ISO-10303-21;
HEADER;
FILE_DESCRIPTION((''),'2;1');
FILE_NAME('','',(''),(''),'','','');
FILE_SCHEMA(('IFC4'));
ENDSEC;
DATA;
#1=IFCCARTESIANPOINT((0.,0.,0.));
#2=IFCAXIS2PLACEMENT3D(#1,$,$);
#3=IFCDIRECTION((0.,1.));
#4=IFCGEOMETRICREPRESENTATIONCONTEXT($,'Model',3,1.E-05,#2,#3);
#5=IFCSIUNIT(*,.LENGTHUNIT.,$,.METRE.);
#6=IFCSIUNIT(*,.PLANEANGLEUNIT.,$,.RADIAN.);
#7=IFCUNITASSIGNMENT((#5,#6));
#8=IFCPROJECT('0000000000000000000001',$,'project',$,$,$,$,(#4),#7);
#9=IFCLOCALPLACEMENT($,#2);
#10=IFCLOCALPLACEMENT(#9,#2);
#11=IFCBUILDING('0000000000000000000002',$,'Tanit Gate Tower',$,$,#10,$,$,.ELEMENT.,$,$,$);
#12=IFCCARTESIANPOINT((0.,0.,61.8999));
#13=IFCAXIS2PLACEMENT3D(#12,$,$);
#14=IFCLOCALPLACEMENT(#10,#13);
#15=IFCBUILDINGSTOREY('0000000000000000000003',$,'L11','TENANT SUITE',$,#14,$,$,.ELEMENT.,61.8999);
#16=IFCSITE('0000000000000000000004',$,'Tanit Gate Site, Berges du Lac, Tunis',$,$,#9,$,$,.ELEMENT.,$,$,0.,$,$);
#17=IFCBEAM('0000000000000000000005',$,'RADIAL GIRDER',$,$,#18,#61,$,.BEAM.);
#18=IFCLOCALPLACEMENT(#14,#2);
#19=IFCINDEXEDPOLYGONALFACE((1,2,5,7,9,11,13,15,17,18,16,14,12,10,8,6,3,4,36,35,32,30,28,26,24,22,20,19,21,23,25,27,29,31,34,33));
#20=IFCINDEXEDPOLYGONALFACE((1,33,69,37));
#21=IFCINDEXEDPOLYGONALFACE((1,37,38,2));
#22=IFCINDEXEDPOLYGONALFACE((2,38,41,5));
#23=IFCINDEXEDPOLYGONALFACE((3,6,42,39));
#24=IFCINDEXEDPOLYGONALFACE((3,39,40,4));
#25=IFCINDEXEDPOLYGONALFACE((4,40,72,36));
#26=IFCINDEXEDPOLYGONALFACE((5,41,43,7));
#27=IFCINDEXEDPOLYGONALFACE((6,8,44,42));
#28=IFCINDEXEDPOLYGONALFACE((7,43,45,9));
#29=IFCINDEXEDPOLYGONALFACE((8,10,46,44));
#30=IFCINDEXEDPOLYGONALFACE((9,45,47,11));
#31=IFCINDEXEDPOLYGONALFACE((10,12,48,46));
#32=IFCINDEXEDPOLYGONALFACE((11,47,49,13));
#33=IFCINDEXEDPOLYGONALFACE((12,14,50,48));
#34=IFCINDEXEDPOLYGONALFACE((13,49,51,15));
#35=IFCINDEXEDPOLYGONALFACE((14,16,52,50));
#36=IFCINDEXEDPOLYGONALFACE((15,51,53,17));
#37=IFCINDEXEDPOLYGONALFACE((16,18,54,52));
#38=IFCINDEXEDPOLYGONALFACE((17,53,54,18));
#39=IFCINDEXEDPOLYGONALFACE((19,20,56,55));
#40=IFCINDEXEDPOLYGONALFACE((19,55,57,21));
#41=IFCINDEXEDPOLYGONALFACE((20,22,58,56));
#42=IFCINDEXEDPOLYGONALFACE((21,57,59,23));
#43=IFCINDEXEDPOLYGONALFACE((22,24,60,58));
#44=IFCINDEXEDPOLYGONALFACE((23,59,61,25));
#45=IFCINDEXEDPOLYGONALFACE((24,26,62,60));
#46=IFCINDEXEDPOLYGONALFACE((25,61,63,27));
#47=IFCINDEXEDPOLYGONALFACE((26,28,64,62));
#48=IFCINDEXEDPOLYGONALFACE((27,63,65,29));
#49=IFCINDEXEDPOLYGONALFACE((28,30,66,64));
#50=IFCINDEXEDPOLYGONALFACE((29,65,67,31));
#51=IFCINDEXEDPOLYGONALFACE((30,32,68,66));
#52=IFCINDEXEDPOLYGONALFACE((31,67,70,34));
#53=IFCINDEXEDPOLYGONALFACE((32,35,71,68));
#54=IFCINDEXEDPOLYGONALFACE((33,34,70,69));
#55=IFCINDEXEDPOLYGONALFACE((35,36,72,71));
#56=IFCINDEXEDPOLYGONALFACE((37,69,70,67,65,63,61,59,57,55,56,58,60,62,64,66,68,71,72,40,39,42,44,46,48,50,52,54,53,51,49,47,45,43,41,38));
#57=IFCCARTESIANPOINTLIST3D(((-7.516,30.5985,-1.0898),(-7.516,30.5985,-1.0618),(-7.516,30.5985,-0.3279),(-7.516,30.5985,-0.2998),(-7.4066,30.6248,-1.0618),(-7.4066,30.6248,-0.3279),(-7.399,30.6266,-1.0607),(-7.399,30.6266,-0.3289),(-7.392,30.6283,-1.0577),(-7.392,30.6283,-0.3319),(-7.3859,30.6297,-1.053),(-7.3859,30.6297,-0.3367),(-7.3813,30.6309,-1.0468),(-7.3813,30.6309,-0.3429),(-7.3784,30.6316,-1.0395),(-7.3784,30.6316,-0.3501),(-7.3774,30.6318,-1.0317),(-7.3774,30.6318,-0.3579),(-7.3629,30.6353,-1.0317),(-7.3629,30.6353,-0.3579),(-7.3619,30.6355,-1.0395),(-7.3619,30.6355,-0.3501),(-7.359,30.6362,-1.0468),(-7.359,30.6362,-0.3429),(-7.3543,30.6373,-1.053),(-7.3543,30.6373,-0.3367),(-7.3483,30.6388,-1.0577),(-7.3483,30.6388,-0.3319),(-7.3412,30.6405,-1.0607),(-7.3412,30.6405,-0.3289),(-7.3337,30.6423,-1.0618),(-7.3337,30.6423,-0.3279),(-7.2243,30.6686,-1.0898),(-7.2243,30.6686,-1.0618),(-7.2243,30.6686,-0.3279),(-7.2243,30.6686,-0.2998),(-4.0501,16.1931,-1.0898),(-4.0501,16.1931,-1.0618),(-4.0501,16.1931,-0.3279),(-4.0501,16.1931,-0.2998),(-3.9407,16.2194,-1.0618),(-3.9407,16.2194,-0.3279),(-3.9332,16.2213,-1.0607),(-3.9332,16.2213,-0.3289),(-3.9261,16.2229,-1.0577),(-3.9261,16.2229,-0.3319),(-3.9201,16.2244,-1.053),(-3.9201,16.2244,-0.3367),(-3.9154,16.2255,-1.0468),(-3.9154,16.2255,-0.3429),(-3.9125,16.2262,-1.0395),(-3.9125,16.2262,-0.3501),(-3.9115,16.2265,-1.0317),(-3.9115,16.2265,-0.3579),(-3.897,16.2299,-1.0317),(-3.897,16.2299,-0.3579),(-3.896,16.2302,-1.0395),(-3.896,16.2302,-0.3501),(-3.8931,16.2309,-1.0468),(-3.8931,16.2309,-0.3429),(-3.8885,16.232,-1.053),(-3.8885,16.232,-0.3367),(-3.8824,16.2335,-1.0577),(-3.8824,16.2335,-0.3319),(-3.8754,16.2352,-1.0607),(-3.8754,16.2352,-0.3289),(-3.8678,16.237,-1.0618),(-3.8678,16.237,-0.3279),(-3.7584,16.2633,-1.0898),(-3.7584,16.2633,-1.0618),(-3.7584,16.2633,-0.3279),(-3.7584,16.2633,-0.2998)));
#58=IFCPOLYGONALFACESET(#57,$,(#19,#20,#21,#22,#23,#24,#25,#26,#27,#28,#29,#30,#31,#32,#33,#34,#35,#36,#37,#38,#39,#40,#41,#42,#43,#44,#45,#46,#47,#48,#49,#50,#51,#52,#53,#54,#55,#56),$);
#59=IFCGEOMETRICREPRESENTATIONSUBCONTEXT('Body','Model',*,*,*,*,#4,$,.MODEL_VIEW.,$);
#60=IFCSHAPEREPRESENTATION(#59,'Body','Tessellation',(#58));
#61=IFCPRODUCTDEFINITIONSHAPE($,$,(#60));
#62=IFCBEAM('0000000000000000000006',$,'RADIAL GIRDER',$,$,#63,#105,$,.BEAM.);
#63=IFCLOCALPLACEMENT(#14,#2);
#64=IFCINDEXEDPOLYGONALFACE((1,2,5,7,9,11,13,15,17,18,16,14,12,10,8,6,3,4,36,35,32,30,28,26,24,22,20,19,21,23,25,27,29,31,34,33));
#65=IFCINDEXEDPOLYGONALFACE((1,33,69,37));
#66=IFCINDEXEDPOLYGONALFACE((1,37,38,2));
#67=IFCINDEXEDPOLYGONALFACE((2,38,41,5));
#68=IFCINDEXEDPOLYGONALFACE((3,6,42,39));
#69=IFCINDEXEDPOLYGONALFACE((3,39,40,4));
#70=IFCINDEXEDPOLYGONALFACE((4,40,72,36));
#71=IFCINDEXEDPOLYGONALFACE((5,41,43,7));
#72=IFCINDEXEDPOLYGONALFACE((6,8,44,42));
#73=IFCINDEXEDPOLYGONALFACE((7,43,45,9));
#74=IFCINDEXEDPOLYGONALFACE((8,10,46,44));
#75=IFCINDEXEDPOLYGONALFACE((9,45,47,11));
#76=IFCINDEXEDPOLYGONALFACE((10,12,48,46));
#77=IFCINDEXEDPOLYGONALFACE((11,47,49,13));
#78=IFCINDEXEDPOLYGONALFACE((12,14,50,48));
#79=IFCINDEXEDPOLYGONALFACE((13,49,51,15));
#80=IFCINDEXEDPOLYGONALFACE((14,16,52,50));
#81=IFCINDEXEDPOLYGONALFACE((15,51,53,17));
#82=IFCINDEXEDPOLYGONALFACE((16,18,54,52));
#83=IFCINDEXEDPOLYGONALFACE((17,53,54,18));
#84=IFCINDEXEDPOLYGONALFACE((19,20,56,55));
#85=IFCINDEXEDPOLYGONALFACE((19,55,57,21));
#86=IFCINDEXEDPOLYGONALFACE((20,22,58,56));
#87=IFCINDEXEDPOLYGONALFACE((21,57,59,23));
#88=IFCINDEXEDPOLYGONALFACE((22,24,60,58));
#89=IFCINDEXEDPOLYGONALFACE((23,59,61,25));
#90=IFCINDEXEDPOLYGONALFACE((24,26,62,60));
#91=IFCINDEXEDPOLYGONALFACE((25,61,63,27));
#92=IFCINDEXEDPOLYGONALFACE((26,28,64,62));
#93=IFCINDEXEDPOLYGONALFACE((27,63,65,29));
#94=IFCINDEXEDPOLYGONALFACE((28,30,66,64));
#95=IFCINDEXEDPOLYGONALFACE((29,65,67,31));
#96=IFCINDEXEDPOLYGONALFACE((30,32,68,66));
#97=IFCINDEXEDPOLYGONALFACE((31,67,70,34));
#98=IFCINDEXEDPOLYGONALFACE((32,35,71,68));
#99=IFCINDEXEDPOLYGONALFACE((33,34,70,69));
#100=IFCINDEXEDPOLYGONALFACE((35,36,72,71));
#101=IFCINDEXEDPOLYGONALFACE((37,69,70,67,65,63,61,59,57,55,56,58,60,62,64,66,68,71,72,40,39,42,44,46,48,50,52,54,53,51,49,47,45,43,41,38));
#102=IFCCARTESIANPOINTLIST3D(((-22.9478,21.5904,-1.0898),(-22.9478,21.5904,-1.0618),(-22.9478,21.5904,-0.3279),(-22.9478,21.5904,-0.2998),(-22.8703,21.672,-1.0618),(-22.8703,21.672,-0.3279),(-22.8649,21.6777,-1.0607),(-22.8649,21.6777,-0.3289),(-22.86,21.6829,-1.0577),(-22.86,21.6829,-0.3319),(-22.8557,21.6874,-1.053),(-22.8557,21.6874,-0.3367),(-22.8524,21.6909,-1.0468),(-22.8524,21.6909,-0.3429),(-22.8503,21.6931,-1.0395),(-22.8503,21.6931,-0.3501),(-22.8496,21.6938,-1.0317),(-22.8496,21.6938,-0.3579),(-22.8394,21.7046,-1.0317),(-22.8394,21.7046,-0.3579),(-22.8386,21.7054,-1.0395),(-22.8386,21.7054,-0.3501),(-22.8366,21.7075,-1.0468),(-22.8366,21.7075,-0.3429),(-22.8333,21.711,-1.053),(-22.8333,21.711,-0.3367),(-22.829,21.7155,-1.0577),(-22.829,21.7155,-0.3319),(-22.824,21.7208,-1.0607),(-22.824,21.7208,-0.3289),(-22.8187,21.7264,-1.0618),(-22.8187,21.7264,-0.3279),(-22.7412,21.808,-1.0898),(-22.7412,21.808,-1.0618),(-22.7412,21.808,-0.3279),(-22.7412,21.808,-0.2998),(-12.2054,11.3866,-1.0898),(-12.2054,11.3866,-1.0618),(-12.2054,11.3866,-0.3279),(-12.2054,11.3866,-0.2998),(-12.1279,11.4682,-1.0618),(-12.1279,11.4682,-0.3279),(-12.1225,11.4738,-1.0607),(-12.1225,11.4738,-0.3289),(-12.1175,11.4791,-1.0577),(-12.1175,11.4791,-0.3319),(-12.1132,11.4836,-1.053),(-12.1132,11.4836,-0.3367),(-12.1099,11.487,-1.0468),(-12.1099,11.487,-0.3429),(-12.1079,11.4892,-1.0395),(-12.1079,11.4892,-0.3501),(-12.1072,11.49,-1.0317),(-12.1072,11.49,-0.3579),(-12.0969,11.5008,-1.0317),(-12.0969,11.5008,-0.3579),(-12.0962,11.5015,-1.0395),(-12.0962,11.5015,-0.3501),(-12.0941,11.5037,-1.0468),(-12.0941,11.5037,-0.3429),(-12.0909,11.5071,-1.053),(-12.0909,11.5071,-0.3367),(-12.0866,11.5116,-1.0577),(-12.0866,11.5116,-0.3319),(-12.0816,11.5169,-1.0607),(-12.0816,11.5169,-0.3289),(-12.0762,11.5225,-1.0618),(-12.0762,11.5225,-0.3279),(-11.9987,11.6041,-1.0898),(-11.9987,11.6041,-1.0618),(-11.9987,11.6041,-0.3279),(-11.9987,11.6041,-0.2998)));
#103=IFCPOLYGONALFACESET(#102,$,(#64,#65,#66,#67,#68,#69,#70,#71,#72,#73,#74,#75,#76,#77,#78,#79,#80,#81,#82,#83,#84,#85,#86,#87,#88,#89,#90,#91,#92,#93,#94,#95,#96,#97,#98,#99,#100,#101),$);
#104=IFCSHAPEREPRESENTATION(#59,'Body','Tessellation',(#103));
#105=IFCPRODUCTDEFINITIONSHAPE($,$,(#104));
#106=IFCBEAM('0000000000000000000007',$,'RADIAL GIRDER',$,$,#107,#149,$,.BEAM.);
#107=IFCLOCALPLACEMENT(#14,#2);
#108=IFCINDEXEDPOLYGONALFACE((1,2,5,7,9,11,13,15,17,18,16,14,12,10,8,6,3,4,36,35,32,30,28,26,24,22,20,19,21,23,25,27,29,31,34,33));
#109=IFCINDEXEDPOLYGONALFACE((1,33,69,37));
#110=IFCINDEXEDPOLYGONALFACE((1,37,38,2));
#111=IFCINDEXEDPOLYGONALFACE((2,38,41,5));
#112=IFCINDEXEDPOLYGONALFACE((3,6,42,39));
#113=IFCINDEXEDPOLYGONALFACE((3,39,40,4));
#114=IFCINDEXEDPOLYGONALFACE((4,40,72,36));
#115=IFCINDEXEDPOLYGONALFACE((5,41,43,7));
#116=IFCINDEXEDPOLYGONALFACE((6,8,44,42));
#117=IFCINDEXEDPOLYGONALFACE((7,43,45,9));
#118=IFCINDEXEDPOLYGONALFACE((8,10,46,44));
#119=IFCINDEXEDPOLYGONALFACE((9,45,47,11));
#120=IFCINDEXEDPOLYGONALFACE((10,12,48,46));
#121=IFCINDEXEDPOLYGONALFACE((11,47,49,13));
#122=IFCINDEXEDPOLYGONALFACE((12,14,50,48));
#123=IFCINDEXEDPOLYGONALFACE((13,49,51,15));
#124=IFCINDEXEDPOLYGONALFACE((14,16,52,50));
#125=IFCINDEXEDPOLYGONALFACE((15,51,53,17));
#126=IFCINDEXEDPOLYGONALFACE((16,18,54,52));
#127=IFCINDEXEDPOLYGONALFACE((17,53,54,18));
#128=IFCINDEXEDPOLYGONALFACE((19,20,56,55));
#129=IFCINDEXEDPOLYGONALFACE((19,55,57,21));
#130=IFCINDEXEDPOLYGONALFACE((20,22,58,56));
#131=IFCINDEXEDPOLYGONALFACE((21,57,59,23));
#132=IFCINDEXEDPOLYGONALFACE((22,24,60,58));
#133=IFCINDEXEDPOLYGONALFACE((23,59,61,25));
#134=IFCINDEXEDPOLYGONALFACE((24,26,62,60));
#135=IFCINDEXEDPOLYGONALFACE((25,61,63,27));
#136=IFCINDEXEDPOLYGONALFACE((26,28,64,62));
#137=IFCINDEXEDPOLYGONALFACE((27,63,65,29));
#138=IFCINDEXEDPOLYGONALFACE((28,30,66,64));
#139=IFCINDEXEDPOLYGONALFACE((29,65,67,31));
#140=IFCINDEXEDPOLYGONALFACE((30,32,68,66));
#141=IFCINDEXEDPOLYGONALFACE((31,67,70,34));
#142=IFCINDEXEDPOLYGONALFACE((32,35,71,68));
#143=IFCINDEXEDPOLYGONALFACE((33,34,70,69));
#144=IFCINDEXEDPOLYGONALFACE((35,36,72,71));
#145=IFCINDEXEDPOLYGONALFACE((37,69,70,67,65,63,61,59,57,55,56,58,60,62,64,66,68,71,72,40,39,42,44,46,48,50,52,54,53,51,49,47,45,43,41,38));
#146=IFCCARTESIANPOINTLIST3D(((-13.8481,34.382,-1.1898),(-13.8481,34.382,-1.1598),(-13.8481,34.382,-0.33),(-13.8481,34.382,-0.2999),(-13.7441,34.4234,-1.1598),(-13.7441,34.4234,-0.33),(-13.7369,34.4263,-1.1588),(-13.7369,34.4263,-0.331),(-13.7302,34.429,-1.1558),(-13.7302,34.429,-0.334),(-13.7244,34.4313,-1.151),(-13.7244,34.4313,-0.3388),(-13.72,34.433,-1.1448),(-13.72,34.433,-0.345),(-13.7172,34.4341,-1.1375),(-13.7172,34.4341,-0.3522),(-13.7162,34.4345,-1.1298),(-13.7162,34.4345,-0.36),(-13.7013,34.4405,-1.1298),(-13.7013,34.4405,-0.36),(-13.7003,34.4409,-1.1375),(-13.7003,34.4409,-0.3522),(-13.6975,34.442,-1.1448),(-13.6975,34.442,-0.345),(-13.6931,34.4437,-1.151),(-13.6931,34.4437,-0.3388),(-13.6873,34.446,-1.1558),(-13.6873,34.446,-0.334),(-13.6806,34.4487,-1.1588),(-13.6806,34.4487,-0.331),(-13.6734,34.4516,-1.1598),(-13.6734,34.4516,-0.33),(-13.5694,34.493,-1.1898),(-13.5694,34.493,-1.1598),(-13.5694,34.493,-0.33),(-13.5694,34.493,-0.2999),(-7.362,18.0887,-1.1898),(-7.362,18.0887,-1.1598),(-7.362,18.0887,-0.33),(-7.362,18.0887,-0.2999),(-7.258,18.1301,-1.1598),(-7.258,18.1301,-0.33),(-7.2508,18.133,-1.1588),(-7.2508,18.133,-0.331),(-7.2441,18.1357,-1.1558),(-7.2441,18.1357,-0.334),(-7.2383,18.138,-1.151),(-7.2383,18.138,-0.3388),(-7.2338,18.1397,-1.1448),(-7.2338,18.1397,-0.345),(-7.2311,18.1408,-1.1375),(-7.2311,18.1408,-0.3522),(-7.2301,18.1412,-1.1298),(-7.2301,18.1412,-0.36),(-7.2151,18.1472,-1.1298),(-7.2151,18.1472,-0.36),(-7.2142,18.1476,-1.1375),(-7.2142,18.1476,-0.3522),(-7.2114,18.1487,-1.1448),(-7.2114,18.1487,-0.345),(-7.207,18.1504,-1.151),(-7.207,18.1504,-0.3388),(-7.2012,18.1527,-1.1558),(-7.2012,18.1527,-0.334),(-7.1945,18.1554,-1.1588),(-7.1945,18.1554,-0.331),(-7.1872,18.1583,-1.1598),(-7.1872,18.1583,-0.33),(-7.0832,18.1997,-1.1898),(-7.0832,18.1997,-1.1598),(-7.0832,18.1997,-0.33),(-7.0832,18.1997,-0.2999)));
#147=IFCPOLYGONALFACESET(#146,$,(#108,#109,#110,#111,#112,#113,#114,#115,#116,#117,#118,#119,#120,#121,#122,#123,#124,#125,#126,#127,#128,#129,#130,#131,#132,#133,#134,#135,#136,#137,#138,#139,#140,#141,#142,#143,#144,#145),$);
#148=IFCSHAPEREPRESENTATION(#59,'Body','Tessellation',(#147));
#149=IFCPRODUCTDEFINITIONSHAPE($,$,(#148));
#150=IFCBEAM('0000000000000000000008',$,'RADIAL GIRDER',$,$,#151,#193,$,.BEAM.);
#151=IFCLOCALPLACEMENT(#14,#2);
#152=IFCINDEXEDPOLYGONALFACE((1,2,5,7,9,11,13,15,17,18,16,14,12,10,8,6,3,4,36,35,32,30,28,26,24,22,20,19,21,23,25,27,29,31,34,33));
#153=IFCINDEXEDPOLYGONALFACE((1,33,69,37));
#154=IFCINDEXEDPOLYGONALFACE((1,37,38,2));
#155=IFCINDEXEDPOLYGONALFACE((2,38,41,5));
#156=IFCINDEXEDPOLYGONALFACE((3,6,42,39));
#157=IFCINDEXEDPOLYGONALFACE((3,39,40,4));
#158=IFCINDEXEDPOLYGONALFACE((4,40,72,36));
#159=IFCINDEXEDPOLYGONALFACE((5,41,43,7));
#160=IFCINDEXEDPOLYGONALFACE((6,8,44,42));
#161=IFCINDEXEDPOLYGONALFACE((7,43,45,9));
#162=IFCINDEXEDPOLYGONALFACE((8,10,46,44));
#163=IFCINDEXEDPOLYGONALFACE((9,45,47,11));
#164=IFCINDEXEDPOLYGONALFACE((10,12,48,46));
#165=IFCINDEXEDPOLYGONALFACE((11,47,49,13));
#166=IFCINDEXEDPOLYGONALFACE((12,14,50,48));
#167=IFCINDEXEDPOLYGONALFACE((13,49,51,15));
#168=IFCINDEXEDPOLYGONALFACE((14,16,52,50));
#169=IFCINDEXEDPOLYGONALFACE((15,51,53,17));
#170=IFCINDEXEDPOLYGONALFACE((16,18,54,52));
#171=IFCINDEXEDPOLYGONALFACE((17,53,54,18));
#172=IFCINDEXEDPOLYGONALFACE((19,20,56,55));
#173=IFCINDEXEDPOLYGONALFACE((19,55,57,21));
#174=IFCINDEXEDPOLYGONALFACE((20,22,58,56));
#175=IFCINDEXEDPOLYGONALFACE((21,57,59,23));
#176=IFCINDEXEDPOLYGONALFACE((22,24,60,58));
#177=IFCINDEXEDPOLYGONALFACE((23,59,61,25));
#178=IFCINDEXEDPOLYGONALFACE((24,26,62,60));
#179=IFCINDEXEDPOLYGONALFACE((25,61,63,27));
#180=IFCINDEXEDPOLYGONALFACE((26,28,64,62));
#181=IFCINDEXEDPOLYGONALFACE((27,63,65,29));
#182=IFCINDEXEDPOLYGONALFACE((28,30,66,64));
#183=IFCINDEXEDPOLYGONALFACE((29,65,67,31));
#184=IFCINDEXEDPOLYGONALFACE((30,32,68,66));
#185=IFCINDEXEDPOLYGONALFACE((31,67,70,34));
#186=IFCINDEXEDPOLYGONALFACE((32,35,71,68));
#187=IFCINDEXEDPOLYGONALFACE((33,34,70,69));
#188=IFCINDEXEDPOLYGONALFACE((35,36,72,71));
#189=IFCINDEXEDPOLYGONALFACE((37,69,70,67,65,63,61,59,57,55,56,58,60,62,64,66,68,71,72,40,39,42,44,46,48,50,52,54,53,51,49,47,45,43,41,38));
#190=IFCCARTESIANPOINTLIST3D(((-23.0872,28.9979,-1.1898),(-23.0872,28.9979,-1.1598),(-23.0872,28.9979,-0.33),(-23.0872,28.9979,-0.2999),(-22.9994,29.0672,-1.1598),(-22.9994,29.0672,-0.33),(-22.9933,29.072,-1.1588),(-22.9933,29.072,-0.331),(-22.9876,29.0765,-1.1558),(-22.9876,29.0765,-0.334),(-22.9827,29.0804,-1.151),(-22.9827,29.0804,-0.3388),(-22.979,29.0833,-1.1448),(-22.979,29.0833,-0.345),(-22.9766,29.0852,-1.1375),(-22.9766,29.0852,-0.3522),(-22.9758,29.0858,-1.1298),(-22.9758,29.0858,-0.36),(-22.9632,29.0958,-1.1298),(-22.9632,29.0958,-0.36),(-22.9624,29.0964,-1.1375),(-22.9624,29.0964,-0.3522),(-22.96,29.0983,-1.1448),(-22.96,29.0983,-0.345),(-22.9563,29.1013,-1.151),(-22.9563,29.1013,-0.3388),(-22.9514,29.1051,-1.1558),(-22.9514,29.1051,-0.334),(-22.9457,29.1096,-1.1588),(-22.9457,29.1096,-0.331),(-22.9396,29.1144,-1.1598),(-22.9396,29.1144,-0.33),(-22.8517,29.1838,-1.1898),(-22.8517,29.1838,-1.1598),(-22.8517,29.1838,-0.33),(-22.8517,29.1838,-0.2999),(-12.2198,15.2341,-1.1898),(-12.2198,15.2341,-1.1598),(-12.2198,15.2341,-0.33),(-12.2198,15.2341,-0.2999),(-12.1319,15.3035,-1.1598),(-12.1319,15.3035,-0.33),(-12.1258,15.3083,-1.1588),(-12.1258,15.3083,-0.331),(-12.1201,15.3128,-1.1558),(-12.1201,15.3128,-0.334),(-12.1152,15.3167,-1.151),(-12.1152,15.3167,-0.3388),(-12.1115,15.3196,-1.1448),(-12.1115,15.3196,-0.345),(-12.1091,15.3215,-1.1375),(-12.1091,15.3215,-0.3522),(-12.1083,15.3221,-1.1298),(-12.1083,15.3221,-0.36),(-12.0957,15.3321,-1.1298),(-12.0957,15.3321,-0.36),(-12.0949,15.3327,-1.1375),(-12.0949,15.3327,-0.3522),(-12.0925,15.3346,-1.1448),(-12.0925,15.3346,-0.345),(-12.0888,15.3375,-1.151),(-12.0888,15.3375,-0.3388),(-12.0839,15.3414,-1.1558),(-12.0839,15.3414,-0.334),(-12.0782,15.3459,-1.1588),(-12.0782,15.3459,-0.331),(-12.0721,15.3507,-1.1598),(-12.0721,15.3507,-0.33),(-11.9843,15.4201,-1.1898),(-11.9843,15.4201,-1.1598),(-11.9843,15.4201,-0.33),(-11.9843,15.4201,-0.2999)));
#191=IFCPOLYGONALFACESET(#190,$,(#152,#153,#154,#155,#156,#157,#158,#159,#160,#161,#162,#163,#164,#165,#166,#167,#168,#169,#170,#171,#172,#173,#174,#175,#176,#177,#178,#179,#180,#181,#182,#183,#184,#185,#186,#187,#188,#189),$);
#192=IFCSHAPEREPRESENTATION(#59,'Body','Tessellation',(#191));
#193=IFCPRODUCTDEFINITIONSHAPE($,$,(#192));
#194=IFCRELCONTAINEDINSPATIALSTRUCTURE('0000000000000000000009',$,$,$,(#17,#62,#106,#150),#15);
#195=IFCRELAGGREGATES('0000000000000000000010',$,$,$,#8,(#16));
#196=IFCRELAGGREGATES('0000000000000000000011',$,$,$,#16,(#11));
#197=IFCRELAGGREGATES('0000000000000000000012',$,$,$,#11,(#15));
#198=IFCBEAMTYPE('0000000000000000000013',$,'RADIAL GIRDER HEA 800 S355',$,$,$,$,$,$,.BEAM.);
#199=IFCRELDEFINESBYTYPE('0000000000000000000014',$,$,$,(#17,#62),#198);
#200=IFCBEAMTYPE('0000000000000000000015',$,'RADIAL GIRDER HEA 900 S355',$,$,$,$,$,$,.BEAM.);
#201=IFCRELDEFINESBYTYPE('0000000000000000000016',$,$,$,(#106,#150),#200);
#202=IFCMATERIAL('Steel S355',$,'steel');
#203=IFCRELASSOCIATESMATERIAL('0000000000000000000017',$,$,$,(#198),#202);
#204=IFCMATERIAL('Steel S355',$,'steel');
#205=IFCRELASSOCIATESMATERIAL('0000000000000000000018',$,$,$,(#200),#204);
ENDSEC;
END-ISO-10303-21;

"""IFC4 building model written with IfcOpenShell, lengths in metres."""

from ifc_helpers import new_model, si_unit, direction, frame, origin, origin_2d, place, context, subcontext, project, spatial, i_section, extrude, material, material_profile, profile_set, type_object, element, save


model = new_model("IFC4")

# Units and contexts
model_context = context("Model", 3, precision=1e-05, world=origin(), true_north=direction((0.0, 1.0)))
body_context = subcontext(model_context, "Body", "Model", "MODEL_VIEW")
ifc_project = project(units=[si_unit("LENGTHUNIT", "METRE"), si_unit("PLANEANGLEUNIT", "RADIAN")], contexts=[model_context])

# Site, building, storey
site_placement = place(None, origin())
site = spatial("IfcSite", under=ifc_project, at=site_placement, Name="Tanit Gate Site, Berges du Lac, Tunis", CompositionType="ELEMENT", RefElevation=0.0)
building_placement = place(site_placement, origin())
building = spatial("IfcBuilding", under=site, at=building_placement, Name="Tanit Gate Tower", CompositionType="ELEMENT")
storey_placement = place(building_placement, frame((0.0, 0.0, 61.8999)))
storey = spatial("IfcBuildingStorey", under=building, at=storey_placement, Name="L11", Description="TENANT SUITE", CompositionType="ELEMENT", Elevation=61.8999)

# Beams
ifc_material_1 = material(Name="Steel S355", Category="steel")
ifc_material_profile_1 = material_profile(ifc_material_1, i_section(OverallWidth=0.3, OverallDepth=0.79, WebThickness=0.0149, FlangeThickness=0.0281, FilletRadius=0.03, at=origin_2d()), Name="HEA 800")
ifc_profile_set_1 = profile_set([ifc_material_profile_1], Name="Steel S355")
beam_type_1 = type_object("IfcBeamType", Name="RADIAL GIRDER HEA 800 S355", PredefinedType="BEAM", material=ifc_profile_set_1)
beam_1_placement = place(storey_placement, frame((-7.3701, 30.6335, -0.6948), z_axis=(0.233919, -0.972256, 0.0), x_axis=(0.972256, 0.233919, 0.0)))
element("IfcBeam", 1, at=beam_1_placement, inside=storey, type_object=beam_type_1, Name="RADIAL GIRDER", PredefinedType="BEAM", context=body_context, shape_type="SweptSolid", body=[
    extrude(i_section(OverallWidth=0.3, OverallDepth=0.79, WebThickness=0.0149, FlangeThickness=0.0281, FilletRadius=0.03, at=origin_2d()), origin(), (0.0, 0.0, 1.0), 14.8164),
])
beam_2_placement = place(storey_placement, frame((-22.8445, 21.6992, -0.6948), z_axis=(0.725048, -0.688698, 0.0), x_axis=(0.688698, 0.725048, 0.0)))
element("IfcBeam", 2, at=beam_2_placement, inside=storey, type_object=beam_type_1, Name="RADIAL GIRDER", PredefinedType="BEAM", context=body_context, shape_type="SweptSolid", body=[
    extrude(i_section(OverallWidth=0.3, OverallDepth=0.79, WebThickness=0.0149, FlangeThickness=0.0281, FilletRadius=0.03, at=origin_2d()), origin(), (0.0, 0.0, 1.0), 14.8162),
])
ifc_material_2 = material(Name="Steel S355", Category="steel")
ifc_material_profile_2 = material_profile(ifc_material_2, i_section(OverallWidth=0.3, OverallDepth=0.8899, WebThickness=0.0161, FlangeThickness=0.03, FilletRadius=0.03, at=origin_2d()), Name="HEA 900")
ifc_profile_set_2 = profile_set([ifc_material_profile_2], Name="Steel S355")
beam_type_2 = type_object("IfcBeamType", Name="RADIAL GIRDER HEA 900 S355", PredefinedType="BEAM", material=ifc_profile_set_2)
for number, where, z_axis, x_axis, name in (
    (3, (-13.7087, 34.4375, -0.7449), (0.369856, -0.929089, 0.0), (0.929089, 0.369856, 0.0), "RADIAL GIRDER"),
    (4, (-22.9695, 29.0908, -0.7449), (0.619693, -0.784845, 0.0), (0.784845, 0.619693, 0.0), "RADIAL GIRDER"),
):
    element("IfcBeam", number, at=place(storey_placement, frame(where, z_axis=z_axis, x_axis=x_axis)), inside=storey, type_object=beam_type_2, Name=name, PredefinedType="BEAM", context=body_context, shape_type="SweptSolid", body=[
        extrude(i_section(OverallWidth=0.3, OverallDepth=0.8899, WebThickness=0.0161, FlangeThickness=0.03, FilletRadius=0.03, at=origin_2d()), origin(), (0.0, 0.0, 1.0), 17.5369),
    ])

save(model, "model.ifc")
